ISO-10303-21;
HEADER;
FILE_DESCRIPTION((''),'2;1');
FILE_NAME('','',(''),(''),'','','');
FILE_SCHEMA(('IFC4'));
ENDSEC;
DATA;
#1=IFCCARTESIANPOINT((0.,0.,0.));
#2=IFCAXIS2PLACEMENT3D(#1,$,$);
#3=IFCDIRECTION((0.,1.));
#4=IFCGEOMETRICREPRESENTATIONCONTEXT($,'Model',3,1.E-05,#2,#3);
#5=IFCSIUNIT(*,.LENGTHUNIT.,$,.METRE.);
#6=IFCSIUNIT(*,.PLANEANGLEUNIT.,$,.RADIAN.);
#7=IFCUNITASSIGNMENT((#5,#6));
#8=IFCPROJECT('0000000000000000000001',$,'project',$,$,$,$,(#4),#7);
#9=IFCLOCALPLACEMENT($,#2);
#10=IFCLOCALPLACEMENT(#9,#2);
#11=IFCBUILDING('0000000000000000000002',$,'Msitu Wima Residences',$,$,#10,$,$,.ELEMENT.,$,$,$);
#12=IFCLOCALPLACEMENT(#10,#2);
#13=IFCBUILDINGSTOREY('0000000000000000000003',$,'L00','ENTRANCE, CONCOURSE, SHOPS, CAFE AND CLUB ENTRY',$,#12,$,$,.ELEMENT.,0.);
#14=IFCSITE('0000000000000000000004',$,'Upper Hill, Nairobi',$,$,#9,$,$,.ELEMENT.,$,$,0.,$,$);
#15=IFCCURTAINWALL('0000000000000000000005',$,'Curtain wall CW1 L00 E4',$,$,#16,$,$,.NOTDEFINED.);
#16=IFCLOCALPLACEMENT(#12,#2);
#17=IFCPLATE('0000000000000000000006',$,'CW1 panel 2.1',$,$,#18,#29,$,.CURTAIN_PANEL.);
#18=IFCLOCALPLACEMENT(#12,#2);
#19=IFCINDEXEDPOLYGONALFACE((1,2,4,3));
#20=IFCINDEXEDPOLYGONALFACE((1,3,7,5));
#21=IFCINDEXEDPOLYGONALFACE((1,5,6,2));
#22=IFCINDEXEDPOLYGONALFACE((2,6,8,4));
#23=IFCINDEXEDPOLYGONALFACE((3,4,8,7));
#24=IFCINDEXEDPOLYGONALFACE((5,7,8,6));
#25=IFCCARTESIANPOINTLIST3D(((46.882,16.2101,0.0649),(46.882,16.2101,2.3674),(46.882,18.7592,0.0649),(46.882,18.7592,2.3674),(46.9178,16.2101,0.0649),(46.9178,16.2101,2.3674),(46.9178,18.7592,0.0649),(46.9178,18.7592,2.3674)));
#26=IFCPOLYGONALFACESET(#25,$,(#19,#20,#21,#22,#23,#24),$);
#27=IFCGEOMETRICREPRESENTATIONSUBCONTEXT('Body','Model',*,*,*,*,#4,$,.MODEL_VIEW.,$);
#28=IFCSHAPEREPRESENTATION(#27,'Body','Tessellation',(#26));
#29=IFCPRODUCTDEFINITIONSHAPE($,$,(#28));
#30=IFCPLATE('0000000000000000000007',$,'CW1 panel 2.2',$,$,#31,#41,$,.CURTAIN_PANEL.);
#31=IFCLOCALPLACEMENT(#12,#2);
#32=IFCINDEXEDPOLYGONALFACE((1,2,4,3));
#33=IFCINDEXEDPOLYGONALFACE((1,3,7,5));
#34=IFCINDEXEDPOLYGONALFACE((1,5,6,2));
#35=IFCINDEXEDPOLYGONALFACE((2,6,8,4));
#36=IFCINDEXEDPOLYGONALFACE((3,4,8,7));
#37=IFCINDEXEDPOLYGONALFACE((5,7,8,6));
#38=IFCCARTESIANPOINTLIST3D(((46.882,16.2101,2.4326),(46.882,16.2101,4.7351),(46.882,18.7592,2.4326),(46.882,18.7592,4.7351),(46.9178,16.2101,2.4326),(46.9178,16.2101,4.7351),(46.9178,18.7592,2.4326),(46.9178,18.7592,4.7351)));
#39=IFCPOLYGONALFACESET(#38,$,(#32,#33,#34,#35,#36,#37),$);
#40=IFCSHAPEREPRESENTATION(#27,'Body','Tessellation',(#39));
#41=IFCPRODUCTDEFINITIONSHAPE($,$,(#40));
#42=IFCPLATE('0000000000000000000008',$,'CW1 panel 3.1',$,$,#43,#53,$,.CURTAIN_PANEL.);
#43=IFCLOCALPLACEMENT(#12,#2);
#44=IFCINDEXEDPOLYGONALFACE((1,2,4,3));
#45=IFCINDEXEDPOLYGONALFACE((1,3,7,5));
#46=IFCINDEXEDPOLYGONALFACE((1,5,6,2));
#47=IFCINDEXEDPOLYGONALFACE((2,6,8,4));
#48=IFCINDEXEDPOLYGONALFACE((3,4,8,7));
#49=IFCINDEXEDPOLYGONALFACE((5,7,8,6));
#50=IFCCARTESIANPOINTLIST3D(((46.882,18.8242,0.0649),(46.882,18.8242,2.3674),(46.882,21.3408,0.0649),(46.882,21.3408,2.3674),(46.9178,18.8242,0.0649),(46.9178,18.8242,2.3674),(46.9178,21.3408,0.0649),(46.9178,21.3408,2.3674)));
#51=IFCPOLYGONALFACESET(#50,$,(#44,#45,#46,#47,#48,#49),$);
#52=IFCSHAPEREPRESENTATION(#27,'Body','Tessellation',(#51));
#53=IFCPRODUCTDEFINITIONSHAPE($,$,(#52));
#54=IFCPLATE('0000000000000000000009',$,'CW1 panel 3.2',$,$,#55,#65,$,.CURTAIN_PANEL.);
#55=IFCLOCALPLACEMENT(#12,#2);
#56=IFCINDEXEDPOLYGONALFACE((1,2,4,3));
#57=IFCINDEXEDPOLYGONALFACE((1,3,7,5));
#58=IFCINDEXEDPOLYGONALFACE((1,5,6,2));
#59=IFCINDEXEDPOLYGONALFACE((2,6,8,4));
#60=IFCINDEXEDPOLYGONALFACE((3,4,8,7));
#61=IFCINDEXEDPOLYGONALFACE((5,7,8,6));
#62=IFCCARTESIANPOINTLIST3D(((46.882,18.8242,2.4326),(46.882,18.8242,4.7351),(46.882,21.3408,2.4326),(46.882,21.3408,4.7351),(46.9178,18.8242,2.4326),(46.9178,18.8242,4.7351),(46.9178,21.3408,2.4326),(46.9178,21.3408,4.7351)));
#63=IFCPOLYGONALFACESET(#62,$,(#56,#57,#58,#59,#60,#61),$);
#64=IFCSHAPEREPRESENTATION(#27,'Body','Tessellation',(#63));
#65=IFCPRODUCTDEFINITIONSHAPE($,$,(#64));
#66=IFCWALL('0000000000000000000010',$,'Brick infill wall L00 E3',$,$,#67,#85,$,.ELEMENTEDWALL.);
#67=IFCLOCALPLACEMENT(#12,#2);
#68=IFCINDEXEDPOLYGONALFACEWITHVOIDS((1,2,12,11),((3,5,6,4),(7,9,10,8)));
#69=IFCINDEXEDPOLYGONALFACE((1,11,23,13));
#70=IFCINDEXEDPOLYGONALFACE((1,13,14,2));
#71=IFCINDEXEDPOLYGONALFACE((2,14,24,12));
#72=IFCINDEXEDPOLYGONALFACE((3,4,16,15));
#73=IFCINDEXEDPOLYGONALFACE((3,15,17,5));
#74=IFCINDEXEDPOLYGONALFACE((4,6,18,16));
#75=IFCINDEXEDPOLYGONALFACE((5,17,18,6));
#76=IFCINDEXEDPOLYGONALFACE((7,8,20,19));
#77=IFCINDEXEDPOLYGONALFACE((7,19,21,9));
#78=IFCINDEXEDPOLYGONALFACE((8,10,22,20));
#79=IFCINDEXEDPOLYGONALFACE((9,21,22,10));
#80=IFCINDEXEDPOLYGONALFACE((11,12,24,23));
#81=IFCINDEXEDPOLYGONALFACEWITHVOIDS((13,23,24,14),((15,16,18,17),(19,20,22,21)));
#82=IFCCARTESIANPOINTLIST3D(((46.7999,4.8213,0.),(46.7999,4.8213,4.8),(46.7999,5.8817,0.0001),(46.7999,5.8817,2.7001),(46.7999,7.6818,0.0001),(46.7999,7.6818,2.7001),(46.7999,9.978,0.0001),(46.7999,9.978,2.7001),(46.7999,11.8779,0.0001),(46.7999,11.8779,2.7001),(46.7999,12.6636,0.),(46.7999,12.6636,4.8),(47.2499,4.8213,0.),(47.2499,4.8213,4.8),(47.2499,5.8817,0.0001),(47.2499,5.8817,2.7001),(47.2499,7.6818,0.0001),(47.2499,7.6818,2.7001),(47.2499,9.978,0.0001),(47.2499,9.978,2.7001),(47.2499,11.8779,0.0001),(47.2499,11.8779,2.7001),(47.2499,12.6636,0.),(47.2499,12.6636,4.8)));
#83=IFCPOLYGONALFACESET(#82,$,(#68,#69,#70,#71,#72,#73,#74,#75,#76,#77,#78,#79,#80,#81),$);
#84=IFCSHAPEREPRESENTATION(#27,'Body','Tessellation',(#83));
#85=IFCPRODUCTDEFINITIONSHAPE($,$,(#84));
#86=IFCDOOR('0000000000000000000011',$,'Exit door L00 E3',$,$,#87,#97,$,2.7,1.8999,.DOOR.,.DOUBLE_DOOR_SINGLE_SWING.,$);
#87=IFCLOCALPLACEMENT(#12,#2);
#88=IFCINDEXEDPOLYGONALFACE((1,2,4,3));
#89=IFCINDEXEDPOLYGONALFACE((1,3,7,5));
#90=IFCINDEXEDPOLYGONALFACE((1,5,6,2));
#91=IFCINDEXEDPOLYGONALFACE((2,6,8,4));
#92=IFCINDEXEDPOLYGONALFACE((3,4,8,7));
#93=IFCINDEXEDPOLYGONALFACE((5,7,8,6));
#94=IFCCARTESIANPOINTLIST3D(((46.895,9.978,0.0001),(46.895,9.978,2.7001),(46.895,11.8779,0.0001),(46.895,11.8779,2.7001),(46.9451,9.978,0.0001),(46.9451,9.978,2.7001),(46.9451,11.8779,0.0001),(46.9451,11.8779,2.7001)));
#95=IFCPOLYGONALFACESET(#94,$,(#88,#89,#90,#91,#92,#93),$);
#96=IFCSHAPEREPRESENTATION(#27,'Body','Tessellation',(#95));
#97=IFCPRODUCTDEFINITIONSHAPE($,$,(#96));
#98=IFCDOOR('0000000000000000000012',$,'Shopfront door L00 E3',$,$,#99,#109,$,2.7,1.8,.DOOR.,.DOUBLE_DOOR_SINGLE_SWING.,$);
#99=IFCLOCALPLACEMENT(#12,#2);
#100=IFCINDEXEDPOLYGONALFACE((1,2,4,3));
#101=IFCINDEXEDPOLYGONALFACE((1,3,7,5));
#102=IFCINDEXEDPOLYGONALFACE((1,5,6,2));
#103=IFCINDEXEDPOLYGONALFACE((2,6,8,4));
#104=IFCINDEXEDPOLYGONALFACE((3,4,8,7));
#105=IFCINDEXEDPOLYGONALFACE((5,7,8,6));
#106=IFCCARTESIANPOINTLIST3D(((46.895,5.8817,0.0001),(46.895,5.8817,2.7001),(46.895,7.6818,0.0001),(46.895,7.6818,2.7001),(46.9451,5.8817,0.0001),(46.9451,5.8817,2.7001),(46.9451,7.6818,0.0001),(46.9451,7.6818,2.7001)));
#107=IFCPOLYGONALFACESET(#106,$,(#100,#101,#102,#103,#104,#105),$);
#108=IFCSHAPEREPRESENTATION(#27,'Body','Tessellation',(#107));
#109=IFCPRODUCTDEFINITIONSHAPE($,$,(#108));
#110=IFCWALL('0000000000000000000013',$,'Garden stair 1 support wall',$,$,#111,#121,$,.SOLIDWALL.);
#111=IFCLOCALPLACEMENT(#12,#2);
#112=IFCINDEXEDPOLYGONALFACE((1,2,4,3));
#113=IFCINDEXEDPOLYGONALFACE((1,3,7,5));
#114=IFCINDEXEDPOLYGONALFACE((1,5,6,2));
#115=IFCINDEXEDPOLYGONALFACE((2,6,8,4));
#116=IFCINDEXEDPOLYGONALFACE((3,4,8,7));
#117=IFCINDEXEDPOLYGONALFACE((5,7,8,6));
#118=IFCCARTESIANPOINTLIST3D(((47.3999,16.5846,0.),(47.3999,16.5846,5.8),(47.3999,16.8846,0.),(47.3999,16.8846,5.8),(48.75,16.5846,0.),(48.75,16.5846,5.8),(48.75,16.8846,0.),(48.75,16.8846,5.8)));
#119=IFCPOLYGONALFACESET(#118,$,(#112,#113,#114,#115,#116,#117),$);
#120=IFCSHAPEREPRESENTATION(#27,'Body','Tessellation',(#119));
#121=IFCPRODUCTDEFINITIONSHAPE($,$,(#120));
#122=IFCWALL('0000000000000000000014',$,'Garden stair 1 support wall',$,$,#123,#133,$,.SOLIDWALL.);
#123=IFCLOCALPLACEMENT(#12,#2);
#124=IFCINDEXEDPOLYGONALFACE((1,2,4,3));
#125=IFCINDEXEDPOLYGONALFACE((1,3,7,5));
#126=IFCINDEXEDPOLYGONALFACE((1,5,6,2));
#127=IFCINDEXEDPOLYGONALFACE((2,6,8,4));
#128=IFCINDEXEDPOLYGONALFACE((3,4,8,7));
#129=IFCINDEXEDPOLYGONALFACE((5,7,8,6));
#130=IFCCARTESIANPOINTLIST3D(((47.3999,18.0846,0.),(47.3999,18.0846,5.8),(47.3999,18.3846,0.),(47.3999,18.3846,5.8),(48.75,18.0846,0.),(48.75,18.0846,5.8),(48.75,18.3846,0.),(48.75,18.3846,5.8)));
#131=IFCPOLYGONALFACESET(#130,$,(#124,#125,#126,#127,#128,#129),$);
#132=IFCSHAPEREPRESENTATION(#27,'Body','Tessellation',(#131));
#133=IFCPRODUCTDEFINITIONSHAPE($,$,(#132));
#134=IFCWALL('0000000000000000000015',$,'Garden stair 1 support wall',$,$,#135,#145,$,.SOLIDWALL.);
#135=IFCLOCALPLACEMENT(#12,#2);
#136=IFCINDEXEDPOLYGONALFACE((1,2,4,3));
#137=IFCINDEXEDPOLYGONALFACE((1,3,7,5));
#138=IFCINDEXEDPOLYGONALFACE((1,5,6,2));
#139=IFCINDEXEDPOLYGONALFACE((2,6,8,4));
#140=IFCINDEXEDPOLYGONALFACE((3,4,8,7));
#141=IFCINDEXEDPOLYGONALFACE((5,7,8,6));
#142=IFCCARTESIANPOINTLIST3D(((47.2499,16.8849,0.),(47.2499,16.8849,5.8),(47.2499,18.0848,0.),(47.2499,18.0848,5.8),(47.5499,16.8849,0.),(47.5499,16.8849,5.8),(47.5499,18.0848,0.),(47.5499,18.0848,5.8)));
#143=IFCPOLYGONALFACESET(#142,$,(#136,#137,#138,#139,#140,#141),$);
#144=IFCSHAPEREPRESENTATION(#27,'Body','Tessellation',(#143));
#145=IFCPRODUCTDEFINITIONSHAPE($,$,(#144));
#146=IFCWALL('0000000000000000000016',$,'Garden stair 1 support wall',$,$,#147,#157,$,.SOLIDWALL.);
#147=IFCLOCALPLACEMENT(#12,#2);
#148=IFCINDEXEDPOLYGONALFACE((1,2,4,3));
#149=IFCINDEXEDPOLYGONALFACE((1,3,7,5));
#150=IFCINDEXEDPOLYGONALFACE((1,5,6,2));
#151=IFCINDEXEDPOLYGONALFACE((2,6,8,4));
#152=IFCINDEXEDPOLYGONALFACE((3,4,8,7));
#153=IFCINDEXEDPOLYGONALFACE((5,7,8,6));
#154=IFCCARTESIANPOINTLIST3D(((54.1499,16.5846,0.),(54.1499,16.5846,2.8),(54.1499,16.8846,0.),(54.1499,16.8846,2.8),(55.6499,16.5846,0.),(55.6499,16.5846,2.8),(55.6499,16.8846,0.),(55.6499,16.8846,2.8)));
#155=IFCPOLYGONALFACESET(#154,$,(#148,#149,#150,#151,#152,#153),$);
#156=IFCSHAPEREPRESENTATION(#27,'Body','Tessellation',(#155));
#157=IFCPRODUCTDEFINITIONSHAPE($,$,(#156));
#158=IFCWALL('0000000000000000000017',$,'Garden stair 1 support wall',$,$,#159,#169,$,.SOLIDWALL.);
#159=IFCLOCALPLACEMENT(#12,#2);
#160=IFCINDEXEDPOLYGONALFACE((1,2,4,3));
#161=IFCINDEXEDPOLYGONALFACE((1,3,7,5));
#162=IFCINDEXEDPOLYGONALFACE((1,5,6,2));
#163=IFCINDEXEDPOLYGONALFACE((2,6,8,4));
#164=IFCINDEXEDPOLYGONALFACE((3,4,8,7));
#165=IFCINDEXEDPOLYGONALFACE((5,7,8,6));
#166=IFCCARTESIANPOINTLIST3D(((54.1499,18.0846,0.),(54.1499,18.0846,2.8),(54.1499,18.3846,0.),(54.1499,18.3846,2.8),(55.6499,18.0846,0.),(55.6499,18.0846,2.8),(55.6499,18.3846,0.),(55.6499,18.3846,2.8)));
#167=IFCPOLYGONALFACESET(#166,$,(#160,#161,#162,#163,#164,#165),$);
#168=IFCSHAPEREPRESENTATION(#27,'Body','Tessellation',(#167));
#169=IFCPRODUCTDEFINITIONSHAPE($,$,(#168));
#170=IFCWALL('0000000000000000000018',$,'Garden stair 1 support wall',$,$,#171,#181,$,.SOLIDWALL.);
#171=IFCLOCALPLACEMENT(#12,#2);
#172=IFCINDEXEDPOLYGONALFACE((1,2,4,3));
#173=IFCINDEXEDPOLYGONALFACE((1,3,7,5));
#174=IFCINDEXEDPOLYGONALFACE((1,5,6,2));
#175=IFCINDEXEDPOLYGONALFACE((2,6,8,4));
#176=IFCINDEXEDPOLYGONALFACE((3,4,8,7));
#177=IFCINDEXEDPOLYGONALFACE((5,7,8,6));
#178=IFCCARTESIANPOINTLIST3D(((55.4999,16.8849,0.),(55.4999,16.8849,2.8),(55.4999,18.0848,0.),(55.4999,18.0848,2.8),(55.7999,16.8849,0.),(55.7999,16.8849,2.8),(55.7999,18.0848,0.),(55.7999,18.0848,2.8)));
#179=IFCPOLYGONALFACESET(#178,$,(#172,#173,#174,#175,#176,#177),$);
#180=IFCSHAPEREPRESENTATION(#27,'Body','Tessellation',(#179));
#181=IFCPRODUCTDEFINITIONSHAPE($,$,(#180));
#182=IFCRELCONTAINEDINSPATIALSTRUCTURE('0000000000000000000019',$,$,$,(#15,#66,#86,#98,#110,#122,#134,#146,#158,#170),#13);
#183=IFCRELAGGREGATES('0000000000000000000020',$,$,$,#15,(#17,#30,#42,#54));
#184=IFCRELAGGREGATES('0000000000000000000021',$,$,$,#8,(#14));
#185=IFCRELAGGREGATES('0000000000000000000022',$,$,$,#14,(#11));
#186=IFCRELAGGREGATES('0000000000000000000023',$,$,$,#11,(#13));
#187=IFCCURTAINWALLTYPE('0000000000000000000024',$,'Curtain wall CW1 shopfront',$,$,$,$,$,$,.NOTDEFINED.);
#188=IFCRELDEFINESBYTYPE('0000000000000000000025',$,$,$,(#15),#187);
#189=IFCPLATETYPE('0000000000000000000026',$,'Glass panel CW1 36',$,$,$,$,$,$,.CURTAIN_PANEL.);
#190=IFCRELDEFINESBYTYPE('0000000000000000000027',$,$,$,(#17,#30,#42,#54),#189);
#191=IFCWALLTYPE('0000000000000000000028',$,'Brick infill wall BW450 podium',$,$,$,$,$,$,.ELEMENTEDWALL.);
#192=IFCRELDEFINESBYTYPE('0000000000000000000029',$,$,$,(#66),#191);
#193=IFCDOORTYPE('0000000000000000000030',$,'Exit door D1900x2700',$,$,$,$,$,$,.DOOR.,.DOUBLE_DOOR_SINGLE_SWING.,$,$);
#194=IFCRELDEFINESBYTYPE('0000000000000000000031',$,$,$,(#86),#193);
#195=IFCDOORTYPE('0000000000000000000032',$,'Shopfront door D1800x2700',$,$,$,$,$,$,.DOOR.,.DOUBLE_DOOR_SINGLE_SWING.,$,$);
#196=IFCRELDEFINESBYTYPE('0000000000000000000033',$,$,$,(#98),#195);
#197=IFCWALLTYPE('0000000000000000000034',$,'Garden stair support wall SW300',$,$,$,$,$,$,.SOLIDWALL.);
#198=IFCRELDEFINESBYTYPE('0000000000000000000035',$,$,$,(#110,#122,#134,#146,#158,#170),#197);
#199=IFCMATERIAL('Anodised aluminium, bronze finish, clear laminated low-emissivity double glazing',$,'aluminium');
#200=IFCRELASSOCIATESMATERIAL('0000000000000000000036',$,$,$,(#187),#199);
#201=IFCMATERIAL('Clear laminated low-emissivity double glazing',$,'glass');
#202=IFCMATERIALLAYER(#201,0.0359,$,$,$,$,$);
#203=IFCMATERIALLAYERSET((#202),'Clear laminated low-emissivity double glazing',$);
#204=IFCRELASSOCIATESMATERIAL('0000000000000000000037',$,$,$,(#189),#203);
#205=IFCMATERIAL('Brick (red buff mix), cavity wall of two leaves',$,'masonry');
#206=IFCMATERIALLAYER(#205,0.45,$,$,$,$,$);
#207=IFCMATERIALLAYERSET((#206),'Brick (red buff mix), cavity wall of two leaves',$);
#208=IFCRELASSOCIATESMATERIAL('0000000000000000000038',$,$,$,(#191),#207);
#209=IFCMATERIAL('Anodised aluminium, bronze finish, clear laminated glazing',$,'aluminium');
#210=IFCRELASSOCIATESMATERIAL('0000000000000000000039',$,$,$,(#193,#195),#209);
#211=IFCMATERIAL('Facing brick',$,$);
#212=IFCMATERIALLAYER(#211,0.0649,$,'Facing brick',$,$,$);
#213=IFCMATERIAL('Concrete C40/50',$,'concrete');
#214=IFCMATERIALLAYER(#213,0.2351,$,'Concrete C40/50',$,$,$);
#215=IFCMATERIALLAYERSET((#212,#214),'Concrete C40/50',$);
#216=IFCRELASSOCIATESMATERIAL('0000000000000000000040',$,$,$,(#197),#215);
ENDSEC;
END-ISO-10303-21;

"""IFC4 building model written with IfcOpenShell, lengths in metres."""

from ifc_helpers import new_model, si_unit, direction, frame, frame_2d, origin, origin_2d, place, context, subcontext, project, spatial, rectangle, extrude, material, layer, layer_set, type_object, element, fill, aggregate, save


model = new_model("IFC4")

# Units and contexts
model_context = context("Model", 3, precision=1e-05, world=origin(), true_north=direction((0.0, 1.0)))
body_context = subcontext(model_context, "Body", "Model", "MODEL_VIEW")
ifc_project = project(units=[si_unit("LENGTHUNIT", "METRE"), si_unit("PLANEANGLEUNIT", "RADIAN")], contexts=[model_context])

# Site, building, storey
site_placement = place(None, origin())
site = spatial("IfcSite", under=ifc_project, at=site_placement, Name="Upper Hill, Nairobi", CompositionType="ELEMENT", RefElevation=0.0)
building_placement = place(site_placement, origin())
building = spatial("IfcBuilding", under=site, at=building_placement, Name="Msitu Wima Residences", CompositionType="ELEMENT")
storey_placement = place(building_placement, origin())
storey = spatial("IfcBuildingStorey", under=building, at=storey_placement, Name="L00", Description="ENTRANCE, CONCOURSE, SHOPS, CAFE AND CLUB ENTRY", CompositionType="ELEMENT", Elevation=0.0)

# Curtain wall, plates
ifc_material_1 = material(Name="Anodised aluminium, bronze finish, clear laminated low-emissivity double glazing", Category="aluminium")
curtain_wall_type = type_object("IfcCurtainWallType", Name="Curtain wall CW1 shopfront", PredefinedType="NOTDEFINED", material=ifc_material_1)
curtain_wall_placement = place(storey_placement, origin())
curtain_wall = element("IfcCurtainWall", 1, at=curtain_wall_placement, inside=storey, type_object=curtain_wall_type, Name="Curtain wall CW1 L00 E4", PredefinedType="NOTDEFINED")
ifc_material_2 = material(Name="Clear laminated low-emissivity double glazing", Category="glass")
ifc_layer_1 = layer(ifc_material_2, 0.0359)
ifc_layer_set_1 = layer_set([ifc_layer_1], Name="Clear laminated low-emissivity double glazing")
plate_type = type_object("IfcPlateType", Name="Glass panel CW1 36", PredefinedType="CURTAIN_PANEL", material=ifc_layer_set_1)
plate_1_placement = place(storey_placement, frame((46.8999, 17.4846, 0.0649), z_axis=(0.0, 0.0, 1.0), x_axis=(0.0, 1.0, 0.0)))
plate_1 = element("IfcPlate", 2, at=plate_1_placement, type_object=plate_type, Name="CW1 panel 2.1", PredefinedType="CURTAIN_PANEL", context=body_context, shape_type="SweptSolid", body=[
    extrude(rectangle(XDim=2.5491, YDim=0.0359, at=origin_2d()), origin(), (0.0, 0.0, 1.0), 2.3025),
])
plate_2_placement = place(storey_placement, frame((46.8999, 17.4846, 2.4326), z_axis=(0.0, 0.0, 1.0), x_axis=(0.0, 1.0, 0.0)))
plate_2 = element("IfcPlate", 3, at=plate_2_placement, type_object=plate_type, Name="CW1 panel 2.2", PredefinedType="CURTAIN_PANEL", context=body_context, shape_type="SweptSolid", body=[
    extrude(rectangle(XDim=2.5491, YDim=0.0359, at=origin_2d()), origin(), (0.0, 0.0, 1.0), 2.3025),
])
plate_3_placement = place(storey_placement, frame((46.8999, 20.0825, 0.0649), z_axis=(0.0, 0.0, 1.0), x_axis=(0.0, 1.0, 0.0)))
plate_3 = element("IfcPlate", 4, at=plate_3_placement, type_object=plate_type, Name="CW1 panel 3.1", PredefinedType="CURTAIN_PANEL", context=body_context, shape_type="SweptSolid", body=[
    extrude(rectangle(XDim=2.5166, YDim=0.0359, at=origin_2d()), origin(), (0.0, 0.0, 1.0), 2.3025),
])
plate_4_placement = place(storey_placement, frame((46.8999, 20.0825, 2.4326), z_axis=(0.0, 0.0, 1.0), x_axis=(0.0, 1.0, 0.0)))
plate_4 = element("IfcPlate", 5, at=plate_4_placement, type_object=plate_type, Name="CW1 panel 3.2", PredefinedType="CURTAIN_PANEL", context=body_context, shape_type="SweptSolid", body=[
    extrude(rectangle(XDim=2.5166, YDim=0.0359, at=origin_2d()), origin(), (0.0, 0.0, 1.0), 2.3025),
])
aggregate(curtain_wall, [plate_1, plate_2, plate_3, plate_4])

# Wall, openings, doors
ifc_material_3 = material(Name="Brick (red buff mix), cavity wall of two leaves", Category="masonry")
ifc_layer_2 = layer(ifc_material_3, 0.45)
ifc_layer_set_2 = layer_set([ifc_layer_2], Name="Brick (red buff mix), cavity wall of two leaves")
wall_type_1 = type_object("IfcWallType", Name="Brick infill wall BW450 podium", PredefinedType="ELEMENTEDWALL", material=ifc_layer_set_2)
wall_1_placement = place(storey_placement, frame((47.0249, 4.8213, 0.0), z_axis=(0.0, 0.0, 1.0), x_axis=(0.0, 1.0, 0.0)))
wall_1 = element("IfcWall", 6, at=wall_1_placement, inside=storey, type_object=wall_type_1, Name="Brick infill wall L00 E3", PredefinedType="ELEMENTEDWALL", context=body_context, shape_type="SweptSolid", body=[
    extrude(rectangle(XDim=7.8423, YDim=0.45, at=frame_2d((3.9211, 0.0))), origin(), (0.0, 0.0, 1.0), 4.8),
])
opening_1_placement = place(wall_1_placement, frame((1.0605, 0.0, 0.0)))
opening_1 = element("IfcOpeningElement", 7, at=opening_1_placement, cuts=wall_1, PredefinedType="OPENING", context=body_context, shape_type="SweptSolid", body=[
    extrude(rectangle(XDim=1.8, YDim=2.7, at=frame_2d((0.8999, 1.3501))), frame((0.0, 0.2349, 0.0), z_axis=(0.0, -1.0, 0.0), x_axis=(1.0, 0.0, 0.0)), (0.0, 0.0, 1.0), 0.47),
])
opening_2_placement = place(wall_1_placement, frame((5.1567, 0.0, 0.0)))
opening_2 = element("IfcOpeningElement", 8, at=opening_2_placement, cuts=wall_1, PredefinedType="OPENING", context=body_context, shape_type="SweptSolid", body=[
    extrude(rectangle(XDim=1.8999, YDim=2.7, at=frame_2d((0.95, 1.3501))), frame((0.0, 0.2349, 0.0), z_axis=(0.0, -1.0, 0.0), x_axis=(1.0, 0.0, 0.0)), (0.0, 0.0, 1.0), 0.47),
])
ifc_material_4 = material(Name="Anodised aluminium, bronze finish, clear laminated glazing", Category="aluminium")
door_type_1 = type_object("IfcDoorType", Name="Exit door D1900x2700", OperationType="DOUBLE_DOOR_SINGLE_SWING", PredefinedType="DOOR", material=ifc_material_4)
door_1_placement = place(opening_2_placement, frame((1.8999, 0.0, 0.0), z_axis=(0.0, 0.0, 1.0), x_axis=(-1.0, 0.0, 0.0)))
door_1 = element("IfcDoor", 9, at=door_1_placement, inside=storey, type_object=door_type_1, Name="Exit door L00 E3", OperationType="DOUBLE_DOOR_SINGLE_SWING", OverallHeight=2.7, OverallWidth=1.8999, PredefinedType="DOOR", context=body_context, shape_type="SweptSolid", body=[
    extrude(rectangle(XDim=1.8999, YDim=2.7, at=frame_2d((0.95, 1.3501))), frame((0.0, -0.0798, 0.0), z_axis=(0.0, -1.0, 0.0), x_axis=(1.0, 0.0, 0.0)), (0.0, 0.0, 1.0), 0.05),
])
fill(opening_2, door_1)
door_type_2 = type_object("IfcDoorType", Name="Shopfront door D1800x2700", OperationType="DOUBLE_DOOR_SINGLE_SWING", PredefinedType="DOOR", material=ifc_material_4)
door_2_placement = place(opening_1_placement, frame((1.8, 0.0, 0.0), z_axis=(0.0, 0.0, 1.0), x_axis=(-1.0, 0.0, 0.0)))
door_2 = element("IfcDoor", 10, at=door_2_placement, inside=storey, type_object=door_type_2, Name="Shopfront door L00 E3", OperationType="DOUBLE_DOOR_SINGLE_SWING", OverallHeight=2.7, OverallWidth=1.8, PredefinedType="DOOR", context=body_context, shape_type="SweptSolid", body=[
    extrude(rectangle(XDim=1.8, YDim=2.7, at=frame_2d((0.9001, 1.3501))), frame((0.0, -0.0798, 0.0), z_axis=(0.0, -1.0, 0.0), x_axis=(1.0, 0.0, 0.0)), (0.0, 0.0, 1.0), 0.05),
])
fill(opening_1, door_2)

# Walls
ifc_material_5 = material(Name="Facing brick")
ifc_layer_3 = layer(ifc_material_5, 0.0649, Name="Facing brick")
ifc_material_6 = material(Name="Concrete C40/50", Category="concrete")
ifc_layer_4 = layer(ifc_material_6, 0.2351, Name="Concrete C40/50")
ifc_layer_set_3 = layer_set([ifc_layer_3, ifc_layer_4], Name="Concrete C40/50")
wall_type_2 = type_object("IfcWallType", Name="Garden stair support wall SW300", PredefinedType="SOLIDWALL", material=ifc_layer_set_3)
for number, where, z_axis, x_axis, name in (
    (11, (47.3999, 16.7346, 0.0), (0.0, 0.0, 1.0), (1.0, 0.0, 0.0), "Garden stair 1 support wall"),
    (12, (47.3999, 18.2346, 0.0), (0.0, 0.0, 1.0), (1.0, 0.0, 0.0), "Garden stair 1 support wall"),
):
    element("IfcWall", number, at=place(storey_placement, frame(where, z_axis=z_axis, x_axis=x_axis)), inside=storey, type_object=wall_type_2, Name=name, PredefinedType="SOLIDWALL", context=body_context, shape_type="SweptSolid", body=[
        extrude(rectangle(XDim=1.3501, YDim=0.3, at=frame_2d((0.675, 0.0))), origin(), (0.0, 0.0, 1.0), 5.8),
    ])
wall_2_placement = place(storey_placement, frame((47.3999, 16.8848, 0.0), z_axis=(0.0, 0.0, 1.0), x_axis=(0.0, 1.0, 0.0)))
element("IfcWall", 13, at=wall_2_placement, inside=storey, type_object=wall_type_2, Name="Garden stair 1 support wall", PredefinedType="SOLIDWALL", context=body_context, shape_type="SweptSolid", body=[
    extrude(rectangle(XDim=1.2, YDim=0.3, at=frame_2d((0.6001, 0.0))), origin(), (0.0, 0.0, 1.0), 5.8),
])
for number, where, z_axis, x_axis, name in (
    (14, (54.1499, 16.7346, 0.0), (0.0, 0.0, 1.0), (1.0, 0.0, 0.0), "Garden stair 1 support wall"),
    (15, (54.1499, 18.2346, 0.0), (0.0, 0.0, 1.0), (1.0, 0.0, 0.0), "Garden stair 1 support wall"),
):
    element("IfcWall", number, at=place(storey_placement, frame(where, z_axis=z_axis, x_axis=x_axis)), inside=storey, type_object=wall_type_2, Name=name, PredefinedType="SOLIDWALL", context=body_context, shape_type="SweptSolid", body=[
        extrude(rectangle(XDim=1.5, YDim=0.3, at=frame_2d((0.75, 0.0))), origin(), (0.0, 0.0, 1.0), 2.8),
    ])
wall_3_placement = place(storey_placement, frame((55.6499, 16.8848, 0.0), z_axis=(0.0, 0.0, 1.0), x_axis=(0.0, 1.0, 0.0)))
element("IfcWall", 16, at=wall_3_placement, inside=storey, type_object=wall_type_2, Name="Garden stair 1 support wall", PredefinedType="SOLIDWALL", context=body_context, shape_type="SweptSolid", body=[
    extrude(rectangle(XDim=1.2, YDim=0.3, at=frame_2d((0.6001, 0.0))), origin(), (0.0, 0.0, 1.0), 2.8),
])

save(model, "model.ifc")
